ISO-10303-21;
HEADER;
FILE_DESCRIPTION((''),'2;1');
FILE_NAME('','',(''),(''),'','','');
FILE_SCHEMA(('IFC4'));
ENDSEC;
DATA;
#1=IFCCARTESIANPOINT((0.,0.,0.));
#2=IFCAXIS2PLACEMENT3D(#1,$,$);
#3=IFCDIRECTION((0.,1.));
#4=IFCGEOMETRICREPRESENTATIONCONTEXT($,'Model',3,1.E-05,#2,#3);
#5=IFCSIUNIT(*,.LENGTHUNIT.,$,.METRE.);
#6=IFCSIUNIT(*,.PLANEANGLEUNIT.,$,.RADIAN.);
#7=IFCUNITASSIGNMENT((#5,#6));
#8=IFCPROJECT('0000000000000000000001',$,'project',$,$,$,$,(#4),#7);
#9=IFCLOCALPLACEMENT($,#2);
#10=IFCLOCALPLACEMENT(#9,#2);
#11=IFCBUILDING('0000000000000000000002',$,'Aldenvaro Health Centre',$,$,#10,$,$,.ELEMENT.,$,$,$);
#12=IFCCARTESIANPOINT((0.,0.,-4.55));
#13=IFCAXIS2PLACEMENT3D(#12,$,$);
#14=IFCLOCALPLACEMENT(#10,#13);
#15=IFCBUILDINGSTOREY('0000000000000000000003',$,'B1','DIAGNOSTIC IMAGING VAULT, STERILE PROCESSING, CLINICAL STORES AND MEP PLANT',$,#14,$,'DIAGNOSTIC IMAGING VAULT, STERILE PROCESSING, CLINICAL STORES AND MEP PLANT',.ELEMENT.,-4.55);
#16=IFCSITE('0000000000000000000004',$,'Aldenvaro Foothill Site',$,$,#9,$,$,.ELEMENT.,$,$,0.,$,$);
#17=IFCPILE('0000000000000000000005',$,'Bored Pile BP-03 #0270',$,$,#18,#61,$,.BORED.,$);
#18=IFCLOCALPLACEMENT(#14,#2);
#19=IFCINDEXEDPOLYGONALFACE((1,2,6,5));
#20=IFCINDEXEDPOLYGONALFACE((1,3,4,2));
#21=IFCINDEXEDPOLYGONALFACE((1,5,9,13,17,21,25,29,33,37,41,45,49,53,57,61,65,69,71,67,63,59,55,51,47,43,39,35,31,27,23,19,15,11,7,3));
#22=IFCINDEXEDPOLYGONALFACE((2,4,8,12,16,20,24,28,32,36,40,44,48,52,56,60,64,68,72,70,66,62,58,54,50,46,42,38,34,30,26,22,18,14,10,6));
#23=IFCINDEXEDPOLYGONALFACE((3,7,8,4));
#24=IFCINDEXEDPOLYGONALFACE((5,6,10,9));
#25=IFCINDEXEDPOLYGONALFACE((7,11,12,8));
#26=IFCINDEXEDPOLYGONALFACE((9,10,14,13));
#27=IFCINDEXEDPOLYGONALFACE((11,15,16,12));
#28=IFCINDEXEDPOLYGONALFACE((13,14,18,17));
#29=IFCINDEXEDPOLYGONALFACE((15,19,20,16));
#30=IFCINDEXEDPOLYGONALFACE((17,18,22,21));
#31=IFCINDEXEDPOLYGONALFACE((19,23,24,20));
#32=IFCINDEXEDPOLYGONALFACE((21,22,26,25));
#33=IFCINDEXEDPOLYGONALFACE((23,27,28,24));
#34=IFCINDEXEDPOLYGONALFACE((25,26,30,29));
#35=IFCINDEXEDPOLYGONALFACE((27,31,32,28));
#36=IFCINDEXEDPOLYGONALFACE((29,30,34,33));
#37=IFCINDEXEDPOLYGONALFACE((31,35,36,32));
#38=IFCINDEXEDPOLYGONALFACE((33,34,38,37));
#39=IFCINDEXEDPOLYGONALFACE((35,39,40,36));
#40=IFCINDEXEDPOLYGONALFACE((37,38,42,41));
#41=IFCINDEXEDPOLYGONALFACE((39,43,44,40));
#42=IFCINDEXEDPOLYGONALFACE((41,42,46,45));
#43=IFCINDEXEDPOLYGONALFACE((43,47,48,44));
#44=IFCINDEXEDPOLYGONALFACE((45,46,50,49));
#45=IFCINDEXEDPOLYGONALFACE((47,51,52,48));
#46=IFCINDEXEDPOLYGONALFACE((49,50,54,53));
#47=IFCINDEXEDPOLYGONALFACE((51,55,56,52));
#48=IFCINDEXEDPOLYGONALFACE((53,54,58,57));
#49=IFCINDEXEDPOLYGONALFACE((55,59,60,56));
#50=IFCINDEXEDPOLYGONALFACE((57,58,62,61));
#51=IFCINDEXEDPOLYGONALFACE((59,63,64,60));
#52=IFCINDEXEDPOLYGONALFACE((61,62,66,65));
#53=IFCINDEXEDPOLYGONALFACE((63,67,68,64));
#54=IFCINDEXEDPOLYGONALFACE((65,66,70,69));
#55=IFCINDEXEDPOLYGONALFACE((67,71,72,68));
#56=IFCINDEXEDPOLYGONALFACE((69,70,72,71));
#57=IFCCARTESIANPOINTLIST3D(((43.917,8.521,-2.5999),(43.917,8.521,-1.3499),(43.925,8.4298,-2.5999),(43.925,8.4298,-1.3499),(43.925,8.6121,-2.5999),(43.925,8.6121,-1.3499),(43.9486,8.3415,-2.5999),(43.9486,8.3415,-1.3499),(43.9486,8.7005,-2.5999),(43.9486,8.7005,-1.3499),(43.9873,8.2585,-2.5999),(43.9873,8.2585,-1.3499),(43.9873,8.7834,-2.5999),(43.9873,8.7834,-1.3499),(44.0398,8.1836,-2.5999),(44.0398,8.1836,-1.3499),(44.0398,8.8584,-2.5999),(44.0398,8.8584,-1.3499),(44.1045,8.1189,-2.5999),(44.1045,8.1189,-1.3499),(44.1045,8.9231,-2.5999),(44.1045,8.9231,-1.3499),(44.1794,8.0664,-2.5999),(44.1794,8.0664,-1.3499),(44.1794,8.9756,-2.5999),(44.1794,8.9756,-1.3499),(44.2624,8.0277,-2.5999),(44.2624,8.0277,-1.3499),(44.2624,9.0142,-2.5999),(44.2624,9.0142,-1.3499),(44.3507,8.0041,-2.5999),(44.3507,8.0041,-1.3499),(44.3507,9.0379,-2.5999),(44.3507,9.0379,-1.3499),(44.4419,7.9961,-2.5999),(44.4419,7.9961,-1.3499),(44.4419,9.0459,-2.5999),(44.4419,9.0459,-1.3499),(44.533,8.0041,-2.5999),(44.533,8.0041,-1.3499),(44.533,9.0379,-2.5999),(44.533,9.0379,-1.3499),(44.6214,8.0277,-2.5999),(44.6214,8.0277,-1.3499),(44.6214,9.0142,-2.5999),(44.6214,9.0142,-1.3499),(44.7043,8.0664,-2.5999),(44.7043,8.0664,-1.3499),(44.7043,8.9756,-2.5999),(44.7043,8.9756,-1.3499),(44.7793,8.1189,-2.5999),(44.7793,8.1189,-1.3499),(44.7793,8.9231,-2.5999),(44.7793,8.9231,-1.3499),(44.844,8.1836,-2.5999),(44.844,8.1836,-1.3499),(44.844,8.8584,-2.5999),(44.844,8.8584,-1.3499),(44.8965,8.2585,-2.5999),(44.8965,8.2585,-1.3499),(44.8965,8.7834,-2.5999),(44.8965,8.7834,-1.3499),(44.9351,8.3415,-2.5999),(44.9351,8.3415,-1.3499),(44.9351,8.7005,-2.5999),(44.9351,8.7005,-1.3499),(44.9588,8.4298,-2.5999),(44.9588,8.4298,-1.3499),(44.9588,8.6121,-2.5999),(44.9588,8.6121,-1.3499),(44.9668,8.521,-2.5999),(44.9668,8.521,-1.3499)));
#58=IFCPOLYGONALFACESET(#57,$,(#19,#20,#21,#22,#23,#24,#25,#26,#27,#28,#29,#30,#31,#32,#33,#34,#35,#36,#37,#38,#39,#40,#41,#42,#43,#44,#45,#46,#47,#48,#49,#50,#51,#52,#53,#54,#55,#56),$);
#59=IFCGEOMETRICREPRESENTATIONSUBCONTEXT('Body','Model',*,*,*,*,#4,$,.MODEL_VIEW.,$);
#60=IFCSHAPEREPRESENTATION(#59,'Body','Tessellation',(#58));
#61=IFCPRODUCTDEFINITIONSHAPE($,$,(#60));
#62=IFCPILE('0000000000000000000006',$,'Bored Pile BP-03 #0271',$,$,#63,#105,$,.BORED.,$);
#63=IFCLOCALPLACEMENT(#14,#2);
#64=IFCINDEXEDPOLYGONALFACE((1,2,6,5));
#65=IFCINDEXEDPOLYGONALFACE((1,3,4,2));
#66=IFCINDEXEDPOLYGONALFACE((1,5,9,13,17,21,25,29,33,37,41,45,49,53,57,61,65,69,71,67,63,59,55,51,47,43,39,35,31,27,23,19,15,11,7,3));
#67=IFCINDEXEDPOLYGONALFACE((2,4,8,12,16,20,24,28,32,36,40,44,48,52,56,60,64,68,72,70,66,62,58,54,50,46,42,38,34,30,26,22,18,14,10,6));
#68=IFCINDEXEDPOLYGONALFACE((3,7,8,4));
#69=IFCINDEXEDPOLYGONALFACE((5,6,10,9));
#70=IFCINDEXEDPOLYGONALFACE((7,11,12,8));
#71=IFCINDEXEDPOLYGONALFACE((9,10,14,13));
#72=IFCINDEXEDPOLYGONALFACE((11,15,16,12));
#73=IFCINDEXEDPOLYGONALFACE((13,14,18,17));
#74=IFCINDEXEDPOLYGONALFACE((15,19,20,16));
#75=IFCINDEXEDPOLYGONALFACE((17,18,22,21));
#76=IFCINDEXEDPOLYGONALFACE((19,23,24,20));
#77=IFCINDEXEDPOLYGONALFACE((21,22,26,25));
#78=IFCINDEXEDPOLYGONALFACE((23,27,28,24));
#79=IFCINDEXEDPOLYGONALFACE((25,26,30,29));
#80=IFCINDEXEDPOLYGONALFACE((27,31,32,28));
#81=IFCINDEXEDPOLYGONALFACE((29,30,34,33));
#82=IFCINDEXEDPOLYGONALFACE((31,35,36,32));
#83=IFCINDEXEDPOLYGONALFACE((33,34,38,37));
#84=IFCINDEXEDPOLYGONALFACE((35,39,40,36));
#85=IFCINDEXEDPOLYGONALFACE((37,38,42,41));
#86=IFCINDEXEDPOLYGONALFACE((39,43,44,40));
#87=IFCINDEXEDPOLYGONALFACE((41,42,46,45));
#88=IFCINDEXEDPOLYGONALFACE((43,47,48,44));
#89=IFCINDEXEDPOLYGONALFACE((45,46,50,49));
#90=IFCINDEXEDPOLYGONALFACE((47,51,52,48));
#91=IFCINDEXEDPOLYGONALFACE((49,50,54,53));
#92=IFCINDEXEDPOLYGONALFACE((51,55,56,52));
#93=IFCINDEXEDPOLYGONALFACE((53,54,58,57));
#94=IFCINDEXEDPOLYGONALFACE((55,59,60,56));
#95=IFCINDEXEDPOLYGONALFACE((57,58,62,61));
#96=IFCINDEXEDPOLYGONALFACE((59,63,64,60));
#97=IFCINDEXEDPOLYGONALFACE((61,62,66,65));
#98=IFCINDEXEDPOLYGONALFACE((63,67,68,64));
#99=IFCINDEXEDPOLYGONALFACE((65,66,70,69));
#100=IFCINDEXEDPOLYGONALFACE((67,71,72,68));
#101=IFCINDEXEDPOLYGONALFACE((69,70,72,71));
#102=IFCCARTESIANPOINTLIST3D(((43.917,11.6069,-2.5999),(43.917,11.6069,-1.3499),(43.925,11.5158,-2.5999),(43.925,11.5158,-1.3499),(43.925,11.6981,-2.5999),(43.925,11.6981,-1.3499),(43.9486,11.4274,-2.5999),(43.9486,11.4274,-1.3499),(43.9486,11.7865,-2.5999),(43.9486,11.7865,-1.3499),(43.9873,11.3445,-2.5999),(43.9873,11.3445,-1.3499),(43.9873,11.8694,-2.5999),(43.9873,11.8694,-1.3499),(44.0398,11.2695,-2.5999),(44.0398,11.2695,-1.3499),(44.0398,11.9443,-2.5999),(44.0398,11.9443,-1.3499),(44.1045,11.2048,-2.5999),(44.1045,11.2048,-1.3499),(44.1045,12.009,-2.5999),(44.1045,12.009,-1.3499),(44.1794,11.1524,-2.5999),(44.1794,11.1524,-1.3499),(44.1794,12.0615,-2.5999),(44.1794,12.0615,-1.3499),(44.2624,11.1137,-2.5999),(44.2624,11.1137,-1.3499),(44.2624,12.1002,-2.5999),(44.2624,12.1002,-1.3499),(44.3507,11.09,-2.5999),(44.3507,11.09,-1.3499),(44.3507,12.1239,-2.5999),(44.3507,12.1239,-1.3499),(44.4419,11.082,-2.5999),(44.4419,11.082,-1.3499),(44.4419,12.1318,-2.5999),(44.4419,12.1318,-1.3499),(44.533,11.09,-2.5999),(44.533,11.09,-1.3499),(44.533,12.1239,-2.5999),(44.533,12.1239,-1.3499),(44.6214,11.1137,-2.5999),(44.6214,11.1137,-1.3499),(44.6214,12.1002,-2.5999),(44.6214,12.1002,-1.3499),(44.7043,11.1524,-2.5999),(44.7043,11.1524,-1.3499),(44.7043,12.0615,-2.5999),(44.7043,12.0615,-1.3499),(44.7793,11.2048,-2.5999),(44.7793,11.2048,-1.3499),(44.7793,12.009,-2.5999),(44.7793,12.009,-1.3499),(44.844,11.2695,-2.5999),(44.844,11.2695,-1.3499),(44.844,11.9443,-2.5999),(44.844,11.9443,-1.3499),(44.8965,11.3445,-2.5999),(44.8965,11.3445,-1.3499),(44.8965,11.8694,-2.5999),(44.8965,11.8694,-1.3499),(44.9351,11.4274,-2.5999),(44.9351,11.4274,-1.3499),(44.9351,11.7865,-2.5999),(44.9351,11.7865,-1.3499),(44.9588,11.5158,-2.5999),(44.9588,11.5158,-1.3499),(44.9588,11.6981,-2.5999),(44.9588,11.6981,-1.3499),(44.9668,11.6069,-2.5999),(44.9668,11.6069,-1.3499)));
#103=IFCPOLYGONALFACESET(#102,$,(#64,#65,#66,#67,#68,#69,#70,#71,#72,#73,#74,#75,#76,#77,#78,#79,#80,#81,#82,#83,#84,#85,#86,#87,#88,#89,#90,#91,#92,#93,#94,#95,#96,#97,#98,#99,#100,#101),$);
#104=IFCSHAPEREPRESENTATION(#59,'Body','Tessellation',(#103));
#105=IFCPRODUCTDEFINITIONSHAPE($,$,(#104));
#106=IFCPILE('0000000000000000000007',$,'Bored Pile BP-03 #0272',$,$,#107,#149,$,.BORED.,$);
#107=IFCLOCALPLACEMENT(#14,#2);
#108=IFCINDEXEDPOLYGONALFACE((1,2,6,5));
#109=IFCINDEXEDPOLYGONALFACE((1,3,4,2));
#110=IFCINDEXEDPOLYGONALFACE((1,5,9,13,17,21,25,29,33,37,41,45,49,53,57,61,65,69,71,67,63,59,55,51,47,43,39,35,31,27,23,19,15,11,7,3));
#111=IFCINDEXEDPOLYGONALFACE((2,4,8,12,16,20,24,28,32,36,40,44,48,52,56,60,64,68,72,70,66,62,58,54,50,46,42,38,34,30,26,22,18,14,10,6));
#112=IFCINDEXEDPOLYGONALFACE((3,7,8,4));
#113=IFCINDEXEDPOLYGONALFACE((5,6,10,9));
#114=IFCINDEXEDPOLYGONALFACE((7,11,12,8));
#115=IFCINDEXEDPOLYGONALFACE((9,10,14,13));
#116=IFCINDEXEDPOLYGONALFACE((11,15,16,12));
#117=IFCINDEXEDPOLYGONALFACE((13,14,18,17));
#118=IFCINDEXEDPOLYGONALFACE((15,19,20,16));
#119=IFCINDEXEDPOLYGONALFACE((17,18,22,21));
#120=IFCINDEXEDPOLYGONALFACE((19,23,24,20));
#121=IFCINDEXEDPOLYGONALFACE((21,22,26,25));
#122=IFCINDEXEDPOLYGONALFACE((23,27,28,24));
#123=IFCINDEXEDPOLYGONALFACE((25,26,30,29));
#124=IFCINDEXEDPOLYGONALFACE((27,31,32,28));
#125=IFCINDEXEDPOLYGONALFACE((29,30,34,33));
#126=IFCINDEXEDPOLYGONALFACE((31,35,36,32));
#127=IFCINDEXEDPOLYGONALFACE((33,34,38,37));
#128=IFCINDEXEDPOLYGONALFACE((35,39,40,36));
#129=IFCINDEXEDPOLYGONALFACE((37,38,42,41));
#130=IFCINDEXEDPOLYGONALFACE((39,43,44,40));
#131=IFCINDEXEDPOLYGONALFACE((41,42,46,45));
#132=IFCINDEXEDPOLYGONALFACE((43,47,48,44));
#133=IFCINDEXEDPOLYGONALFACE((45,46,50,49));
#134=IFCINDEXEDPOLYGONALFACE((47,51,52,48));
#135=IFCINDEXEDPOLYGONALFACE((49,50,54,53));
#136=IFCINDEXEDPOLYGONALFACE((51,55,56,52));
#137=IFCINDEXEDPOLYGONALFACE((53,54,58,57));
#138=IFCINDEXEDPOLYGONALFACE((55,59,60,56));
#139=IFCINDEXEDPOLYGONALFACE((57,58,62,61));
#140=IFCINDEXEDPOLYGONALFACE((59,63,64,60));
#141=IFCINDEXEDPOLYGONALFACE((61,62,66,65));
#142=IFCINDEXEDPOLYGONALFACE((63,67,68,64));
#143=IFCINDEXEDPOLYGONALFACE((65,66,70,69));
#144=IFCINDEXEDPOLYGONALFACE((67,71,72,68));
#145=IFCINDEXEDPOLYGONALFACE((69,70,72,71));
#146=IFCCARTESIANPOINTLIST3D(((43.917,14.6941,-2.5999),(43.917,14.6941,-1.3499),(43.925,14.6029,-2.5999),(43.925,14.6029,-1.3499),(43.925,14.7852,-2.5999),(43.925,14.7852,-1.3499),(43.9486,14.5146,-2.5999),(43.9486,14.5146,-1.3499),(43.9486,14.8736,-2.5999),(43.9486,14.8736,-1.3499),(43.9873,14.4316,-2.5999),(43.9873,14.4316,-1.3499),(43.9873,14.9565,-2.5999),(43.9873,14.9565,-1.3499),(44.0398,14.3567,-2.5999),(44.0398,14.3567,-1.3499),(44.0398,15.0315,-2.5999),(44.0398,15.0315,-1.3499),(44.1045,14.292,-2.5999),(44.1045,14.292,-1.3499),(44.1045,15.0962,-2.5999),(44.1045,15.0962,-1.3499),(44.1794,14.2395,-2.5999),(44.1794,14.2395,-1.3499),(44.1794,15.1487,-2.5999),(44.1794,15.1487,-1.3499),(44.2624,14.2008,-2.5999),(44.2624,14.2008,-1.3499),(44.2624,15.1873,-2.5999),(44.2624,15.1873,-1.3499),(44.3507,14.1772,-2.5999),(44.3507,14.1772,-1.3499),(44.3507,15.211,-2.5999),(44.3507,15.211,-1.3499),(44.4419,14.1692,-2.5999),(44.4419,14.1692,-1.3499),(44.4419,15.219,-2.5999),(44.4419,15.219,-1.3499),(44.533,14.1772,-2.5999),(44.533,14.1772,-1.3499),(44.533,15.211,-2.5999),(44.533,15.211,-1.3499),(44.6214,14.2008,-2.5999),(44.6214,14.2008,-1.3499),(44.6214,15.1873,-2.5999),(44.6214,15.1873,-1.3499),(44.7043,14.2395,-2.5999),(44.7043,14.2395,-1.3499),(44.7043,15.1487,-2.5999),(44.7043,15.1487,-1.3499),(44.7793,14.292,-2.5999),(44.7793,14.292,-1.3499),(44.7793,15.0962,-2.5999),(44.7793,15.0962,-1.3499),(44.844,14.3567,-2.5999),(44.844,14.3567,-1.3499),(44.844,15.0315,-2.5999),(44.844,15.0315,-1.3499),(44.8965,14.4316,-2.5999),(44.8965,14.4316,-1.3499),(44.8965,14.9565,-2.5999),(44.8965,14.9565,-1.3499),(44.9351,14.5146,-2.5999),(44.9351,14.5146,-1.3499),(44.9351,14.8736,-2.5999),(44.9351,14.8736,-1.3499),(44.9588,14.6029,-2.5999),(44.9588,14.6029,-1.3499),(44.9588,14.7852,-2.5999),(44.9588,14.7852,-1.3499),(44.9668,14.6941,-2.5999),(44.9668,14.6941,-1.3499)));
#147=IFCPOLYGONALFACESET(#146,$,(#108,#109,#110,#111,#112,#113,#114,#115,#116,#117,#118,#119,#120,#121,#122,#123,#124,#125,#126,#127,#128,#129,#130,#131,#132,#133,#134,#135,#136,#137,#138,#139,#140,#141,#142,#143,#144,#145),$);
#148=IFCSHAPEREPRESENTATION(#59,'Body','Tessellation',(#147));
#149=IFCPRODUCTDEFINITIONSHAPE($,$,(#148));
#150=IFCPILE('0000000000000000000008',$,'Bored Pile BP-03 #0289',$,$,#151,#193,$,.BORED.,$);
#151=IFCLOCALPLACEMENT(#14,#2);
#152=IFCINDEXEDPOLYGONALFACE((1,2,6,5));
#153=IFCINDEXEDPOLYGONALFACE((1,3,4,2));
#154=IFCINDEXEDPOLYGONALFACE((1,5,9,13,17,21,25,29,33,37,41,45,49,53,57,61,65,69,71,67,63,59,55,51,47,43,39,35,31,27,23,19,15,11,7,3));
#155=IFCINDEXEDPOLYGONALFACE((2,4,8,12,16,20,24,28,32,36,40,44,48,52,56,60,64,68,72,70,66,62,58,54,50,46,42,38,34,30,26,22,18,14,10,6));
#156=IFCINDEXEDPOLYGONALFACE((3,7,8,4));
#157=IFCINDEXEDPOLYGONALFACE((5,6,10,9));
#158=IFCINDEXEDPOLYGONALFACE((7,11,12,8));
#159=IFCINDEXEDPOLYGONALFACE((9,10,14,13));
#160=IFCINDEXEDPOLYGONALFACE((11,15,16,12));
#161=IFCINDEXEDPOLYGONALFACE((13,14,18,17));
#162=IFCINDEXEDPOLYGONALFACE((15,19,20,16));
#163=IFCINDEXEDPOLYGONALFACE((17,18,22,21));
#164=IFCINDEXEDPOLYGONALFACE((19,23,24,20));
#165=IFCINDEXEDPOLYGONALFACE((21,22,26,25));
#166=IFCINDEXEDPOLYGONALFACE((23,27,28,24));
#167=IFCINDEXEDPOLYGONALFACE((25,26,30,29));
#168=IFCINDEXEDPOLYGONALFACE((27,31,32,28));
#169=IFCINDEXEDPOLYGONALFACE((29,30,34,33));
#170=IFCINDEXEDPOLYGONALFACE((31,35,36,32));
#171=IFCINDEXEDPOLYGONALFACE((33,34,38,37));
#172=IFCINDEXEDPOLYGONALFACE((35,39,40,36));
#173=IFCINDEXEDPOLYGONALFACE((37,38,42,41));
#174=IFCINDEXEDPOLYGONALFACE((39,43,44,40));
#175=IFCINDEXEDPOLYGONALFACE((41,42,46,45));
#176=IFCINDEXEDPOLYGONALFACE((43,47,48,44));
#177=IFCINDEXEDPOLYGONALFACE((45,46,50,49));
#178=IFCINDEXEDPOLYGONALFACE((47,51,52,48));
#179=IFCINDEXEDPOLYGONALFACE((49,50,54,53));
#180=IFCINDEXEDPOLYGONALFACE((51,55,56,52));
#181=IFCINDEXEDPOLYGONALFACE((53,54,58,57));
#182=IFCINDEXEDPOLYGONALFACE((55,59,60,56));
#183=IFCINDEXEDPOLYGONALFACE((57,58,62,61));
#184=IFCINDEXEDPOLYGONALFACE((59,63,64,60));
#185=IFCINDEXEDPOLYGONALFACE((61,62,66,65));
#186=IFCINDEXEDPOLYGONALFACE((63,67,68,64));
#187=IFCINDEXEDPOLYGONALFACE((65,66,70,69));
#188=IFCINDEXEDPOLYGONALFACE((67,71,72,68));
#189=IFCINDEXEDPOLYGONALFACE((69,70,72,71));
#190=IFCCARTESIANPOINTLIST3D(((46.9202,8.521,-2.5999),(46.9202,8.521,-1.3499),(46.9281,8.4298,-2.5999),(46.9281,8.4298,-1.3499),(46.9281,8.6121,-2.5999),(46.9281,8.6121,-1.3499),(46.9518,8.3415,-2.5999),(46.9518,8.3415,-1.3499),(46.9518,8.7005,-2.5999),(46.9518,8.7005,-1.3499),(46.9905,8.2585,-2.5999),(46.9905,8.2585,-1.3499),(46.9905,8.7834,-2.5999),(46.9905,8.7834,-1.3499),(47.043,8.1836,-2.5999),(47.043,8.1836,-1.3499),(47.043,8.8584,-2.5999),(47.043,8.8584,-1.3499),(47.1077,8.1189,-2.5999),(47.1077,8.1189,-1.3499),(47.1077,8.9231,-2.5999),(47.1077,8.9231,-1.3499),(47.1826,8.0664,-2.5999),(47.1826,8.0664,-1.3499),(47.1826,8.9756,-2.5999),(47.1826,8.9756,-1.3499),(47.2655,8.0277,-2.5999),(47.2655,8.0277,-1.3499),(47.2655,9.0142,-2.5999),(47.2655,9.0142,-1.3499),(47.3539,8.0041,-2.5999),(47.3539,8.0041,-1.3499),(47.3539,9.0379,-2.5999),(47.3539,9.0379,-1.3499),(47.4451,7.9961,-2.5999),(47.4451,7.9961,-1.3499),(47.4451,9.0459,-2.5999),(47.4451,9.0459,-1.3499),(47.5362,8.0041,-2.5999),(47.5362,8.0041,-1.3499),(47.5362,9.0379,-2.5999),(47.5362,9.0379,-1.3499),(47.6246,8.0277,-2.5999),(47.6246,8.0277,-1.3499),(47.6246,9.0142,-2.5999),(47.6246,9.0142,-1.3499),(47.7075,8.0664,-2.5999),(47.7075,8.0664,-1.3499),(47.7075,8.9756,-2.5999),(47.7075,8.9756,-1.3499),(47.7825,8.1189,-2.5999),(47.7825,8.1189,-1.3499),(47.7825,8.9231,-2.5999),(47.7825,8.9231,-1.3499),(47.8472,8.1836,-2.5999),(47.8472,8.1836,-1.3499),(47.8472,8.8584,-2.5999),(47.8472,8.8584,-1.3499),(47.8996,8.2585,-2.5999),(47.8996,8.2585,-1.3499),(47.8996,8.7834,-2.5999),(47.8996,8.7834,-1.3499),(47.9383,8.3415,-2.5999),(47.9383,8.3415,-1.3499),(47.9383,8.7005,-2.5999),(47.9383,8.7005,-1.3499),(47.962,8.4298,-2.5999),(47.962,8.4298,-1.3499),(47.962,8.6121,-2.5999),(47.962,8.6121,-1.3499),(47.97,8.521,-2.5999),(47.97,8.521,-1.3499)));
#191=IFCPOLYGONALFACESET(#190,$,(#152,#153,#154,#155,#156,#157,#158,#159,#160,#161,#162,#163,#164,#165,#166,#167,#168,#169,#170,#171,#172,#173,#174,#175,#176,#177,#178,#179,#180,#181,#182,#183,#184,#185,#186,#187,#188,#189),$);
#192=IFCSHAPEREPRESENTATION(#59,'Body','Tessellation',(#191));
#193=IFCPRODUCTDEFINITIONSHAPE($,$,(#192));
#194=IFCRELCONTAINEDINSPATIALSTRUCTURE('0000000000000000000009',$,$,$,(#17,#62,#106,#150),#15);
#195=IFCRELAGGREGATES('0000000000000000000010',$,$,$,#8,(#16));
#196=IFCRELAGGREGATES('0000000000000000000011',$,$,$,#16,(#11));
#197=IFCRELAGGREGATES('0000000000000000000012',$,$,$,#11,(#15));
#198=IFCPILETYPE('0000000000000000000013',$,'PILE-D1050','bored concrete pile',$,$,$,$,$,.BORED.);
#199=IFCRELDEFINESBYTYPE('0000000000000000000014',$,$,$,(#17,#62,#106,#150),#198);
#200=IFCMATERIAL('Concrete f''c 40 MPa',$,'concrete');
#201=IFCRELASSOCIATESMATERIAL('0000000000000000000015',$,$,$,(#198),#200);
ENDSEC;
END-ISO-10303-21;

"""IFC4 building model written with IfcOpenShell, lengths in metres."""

from ifc_helpers import new_model, si_unit, direction, frame, origin, origin_2d, place, context, subcontext, project, spatial, circle, extrude, material, material_profile, profile_set, type_object, element, save


model = new_model("IFC4")

# Units and contexts
model_context = context("Model", 3, precision=1e-05, world=origin(), true_north=direction((0.0, 1.0)))
body_context = subcontext(model_context, "Body", "Model", "MODEL_VIEW")
ifc_project = project(units=[si_unit("LENGTHUNIT", "METRE"), si_unit("PLANEANGLEUNIT", "RADIAN")], contexts=[model_context])

# Site, building, storey
site_placement = place(None, origin())
site = spatial("IfcSite", under=ifc_project, at=site_placement, Name="Aldenvaro Foothill Site", CompositionType="ELEMENT", RefElevation=0.0)
building_placement = place(site_placement, origin())
building = spatial("IfcBuilding", under=site, at=building_placement, Name="Aldenvaro Health Centre", CompositionType="ELEMENT")
storey_placement = place(building_placement, frame((0.0, 0.0, -4.55)))
storey = spatial("IfcBuildingStorey", under=building, at=storey_placement, Name="B1", Description="DIAGNOSTIC IMAGING VAULT, STERILE PROCESSING, CLINICAL STORES AND MEP PLANT", LongName="DIAGNOSTIC IMAGING VAULT, STERILE PROCESSING, CLINICAL STORES AND MEP PLANT", CompositionType="ELEMENT", Elevation=-4.55)

# Piles
ifc_material_1 = material(Name="Concrete f'c 40 MPa", Category="concrete")
ifc_material_profile_1 = material_profile(ifc_material_1, circle(Radius=0.5249, at=origin_2d()), Name="PILE D1050", Category="concrete")
ifc_profile_set_1 = profile_set([ifc_material_profile_1], Name="Concrete f'c 40 MPa")
pile_type = type_object("IfcPileType", Name="PILE-D1050", Description="bored concrete pile", PredefinedType="BORED", material=ifc_profile_set_1)
for number, where, z_axis, x_axis, name in (
    (1, (44.4419, 8.521, -1.3499), (0.0, 0.0, -1.0), (1.0, 0.0, 0.0), "Bored Pile BP-03 #0270"),
    (2, (44.4419, 11.6069, -1.3499), (0.0, 0.0, -1.0), (1.0, 0.0, 0.0), "Bored Pile BP-03 #0271"),
    (3, (44.4419, 14.6941, -1.3499), (0.0, 0.0, -1.0), (1.0, 0.0, 0.0), "Bored Pile BP-03 #0272"),
    (4, (47.4451, 8.521, -1.3499), (0.0, 0.0, -1.0), (1.0, 0.0, 0.0), "Bored Pile BP-03 #0289"),
):
    element("IfcPile", number, at=place(storey_placement, frame(where, z_axis=z_axis, x_axis=x_axis)), inside=storey, type_object=pile_type, Name=name, PredefinedType="BORED", context=body_context, shape_type="SweptSolid", body=[
        extrude(circle(Radius=0.5249, at=origin_2d()), origin(), (0.0, 0.0, 1.0), 1.25),
    ])

save(model, "model.ifc")
